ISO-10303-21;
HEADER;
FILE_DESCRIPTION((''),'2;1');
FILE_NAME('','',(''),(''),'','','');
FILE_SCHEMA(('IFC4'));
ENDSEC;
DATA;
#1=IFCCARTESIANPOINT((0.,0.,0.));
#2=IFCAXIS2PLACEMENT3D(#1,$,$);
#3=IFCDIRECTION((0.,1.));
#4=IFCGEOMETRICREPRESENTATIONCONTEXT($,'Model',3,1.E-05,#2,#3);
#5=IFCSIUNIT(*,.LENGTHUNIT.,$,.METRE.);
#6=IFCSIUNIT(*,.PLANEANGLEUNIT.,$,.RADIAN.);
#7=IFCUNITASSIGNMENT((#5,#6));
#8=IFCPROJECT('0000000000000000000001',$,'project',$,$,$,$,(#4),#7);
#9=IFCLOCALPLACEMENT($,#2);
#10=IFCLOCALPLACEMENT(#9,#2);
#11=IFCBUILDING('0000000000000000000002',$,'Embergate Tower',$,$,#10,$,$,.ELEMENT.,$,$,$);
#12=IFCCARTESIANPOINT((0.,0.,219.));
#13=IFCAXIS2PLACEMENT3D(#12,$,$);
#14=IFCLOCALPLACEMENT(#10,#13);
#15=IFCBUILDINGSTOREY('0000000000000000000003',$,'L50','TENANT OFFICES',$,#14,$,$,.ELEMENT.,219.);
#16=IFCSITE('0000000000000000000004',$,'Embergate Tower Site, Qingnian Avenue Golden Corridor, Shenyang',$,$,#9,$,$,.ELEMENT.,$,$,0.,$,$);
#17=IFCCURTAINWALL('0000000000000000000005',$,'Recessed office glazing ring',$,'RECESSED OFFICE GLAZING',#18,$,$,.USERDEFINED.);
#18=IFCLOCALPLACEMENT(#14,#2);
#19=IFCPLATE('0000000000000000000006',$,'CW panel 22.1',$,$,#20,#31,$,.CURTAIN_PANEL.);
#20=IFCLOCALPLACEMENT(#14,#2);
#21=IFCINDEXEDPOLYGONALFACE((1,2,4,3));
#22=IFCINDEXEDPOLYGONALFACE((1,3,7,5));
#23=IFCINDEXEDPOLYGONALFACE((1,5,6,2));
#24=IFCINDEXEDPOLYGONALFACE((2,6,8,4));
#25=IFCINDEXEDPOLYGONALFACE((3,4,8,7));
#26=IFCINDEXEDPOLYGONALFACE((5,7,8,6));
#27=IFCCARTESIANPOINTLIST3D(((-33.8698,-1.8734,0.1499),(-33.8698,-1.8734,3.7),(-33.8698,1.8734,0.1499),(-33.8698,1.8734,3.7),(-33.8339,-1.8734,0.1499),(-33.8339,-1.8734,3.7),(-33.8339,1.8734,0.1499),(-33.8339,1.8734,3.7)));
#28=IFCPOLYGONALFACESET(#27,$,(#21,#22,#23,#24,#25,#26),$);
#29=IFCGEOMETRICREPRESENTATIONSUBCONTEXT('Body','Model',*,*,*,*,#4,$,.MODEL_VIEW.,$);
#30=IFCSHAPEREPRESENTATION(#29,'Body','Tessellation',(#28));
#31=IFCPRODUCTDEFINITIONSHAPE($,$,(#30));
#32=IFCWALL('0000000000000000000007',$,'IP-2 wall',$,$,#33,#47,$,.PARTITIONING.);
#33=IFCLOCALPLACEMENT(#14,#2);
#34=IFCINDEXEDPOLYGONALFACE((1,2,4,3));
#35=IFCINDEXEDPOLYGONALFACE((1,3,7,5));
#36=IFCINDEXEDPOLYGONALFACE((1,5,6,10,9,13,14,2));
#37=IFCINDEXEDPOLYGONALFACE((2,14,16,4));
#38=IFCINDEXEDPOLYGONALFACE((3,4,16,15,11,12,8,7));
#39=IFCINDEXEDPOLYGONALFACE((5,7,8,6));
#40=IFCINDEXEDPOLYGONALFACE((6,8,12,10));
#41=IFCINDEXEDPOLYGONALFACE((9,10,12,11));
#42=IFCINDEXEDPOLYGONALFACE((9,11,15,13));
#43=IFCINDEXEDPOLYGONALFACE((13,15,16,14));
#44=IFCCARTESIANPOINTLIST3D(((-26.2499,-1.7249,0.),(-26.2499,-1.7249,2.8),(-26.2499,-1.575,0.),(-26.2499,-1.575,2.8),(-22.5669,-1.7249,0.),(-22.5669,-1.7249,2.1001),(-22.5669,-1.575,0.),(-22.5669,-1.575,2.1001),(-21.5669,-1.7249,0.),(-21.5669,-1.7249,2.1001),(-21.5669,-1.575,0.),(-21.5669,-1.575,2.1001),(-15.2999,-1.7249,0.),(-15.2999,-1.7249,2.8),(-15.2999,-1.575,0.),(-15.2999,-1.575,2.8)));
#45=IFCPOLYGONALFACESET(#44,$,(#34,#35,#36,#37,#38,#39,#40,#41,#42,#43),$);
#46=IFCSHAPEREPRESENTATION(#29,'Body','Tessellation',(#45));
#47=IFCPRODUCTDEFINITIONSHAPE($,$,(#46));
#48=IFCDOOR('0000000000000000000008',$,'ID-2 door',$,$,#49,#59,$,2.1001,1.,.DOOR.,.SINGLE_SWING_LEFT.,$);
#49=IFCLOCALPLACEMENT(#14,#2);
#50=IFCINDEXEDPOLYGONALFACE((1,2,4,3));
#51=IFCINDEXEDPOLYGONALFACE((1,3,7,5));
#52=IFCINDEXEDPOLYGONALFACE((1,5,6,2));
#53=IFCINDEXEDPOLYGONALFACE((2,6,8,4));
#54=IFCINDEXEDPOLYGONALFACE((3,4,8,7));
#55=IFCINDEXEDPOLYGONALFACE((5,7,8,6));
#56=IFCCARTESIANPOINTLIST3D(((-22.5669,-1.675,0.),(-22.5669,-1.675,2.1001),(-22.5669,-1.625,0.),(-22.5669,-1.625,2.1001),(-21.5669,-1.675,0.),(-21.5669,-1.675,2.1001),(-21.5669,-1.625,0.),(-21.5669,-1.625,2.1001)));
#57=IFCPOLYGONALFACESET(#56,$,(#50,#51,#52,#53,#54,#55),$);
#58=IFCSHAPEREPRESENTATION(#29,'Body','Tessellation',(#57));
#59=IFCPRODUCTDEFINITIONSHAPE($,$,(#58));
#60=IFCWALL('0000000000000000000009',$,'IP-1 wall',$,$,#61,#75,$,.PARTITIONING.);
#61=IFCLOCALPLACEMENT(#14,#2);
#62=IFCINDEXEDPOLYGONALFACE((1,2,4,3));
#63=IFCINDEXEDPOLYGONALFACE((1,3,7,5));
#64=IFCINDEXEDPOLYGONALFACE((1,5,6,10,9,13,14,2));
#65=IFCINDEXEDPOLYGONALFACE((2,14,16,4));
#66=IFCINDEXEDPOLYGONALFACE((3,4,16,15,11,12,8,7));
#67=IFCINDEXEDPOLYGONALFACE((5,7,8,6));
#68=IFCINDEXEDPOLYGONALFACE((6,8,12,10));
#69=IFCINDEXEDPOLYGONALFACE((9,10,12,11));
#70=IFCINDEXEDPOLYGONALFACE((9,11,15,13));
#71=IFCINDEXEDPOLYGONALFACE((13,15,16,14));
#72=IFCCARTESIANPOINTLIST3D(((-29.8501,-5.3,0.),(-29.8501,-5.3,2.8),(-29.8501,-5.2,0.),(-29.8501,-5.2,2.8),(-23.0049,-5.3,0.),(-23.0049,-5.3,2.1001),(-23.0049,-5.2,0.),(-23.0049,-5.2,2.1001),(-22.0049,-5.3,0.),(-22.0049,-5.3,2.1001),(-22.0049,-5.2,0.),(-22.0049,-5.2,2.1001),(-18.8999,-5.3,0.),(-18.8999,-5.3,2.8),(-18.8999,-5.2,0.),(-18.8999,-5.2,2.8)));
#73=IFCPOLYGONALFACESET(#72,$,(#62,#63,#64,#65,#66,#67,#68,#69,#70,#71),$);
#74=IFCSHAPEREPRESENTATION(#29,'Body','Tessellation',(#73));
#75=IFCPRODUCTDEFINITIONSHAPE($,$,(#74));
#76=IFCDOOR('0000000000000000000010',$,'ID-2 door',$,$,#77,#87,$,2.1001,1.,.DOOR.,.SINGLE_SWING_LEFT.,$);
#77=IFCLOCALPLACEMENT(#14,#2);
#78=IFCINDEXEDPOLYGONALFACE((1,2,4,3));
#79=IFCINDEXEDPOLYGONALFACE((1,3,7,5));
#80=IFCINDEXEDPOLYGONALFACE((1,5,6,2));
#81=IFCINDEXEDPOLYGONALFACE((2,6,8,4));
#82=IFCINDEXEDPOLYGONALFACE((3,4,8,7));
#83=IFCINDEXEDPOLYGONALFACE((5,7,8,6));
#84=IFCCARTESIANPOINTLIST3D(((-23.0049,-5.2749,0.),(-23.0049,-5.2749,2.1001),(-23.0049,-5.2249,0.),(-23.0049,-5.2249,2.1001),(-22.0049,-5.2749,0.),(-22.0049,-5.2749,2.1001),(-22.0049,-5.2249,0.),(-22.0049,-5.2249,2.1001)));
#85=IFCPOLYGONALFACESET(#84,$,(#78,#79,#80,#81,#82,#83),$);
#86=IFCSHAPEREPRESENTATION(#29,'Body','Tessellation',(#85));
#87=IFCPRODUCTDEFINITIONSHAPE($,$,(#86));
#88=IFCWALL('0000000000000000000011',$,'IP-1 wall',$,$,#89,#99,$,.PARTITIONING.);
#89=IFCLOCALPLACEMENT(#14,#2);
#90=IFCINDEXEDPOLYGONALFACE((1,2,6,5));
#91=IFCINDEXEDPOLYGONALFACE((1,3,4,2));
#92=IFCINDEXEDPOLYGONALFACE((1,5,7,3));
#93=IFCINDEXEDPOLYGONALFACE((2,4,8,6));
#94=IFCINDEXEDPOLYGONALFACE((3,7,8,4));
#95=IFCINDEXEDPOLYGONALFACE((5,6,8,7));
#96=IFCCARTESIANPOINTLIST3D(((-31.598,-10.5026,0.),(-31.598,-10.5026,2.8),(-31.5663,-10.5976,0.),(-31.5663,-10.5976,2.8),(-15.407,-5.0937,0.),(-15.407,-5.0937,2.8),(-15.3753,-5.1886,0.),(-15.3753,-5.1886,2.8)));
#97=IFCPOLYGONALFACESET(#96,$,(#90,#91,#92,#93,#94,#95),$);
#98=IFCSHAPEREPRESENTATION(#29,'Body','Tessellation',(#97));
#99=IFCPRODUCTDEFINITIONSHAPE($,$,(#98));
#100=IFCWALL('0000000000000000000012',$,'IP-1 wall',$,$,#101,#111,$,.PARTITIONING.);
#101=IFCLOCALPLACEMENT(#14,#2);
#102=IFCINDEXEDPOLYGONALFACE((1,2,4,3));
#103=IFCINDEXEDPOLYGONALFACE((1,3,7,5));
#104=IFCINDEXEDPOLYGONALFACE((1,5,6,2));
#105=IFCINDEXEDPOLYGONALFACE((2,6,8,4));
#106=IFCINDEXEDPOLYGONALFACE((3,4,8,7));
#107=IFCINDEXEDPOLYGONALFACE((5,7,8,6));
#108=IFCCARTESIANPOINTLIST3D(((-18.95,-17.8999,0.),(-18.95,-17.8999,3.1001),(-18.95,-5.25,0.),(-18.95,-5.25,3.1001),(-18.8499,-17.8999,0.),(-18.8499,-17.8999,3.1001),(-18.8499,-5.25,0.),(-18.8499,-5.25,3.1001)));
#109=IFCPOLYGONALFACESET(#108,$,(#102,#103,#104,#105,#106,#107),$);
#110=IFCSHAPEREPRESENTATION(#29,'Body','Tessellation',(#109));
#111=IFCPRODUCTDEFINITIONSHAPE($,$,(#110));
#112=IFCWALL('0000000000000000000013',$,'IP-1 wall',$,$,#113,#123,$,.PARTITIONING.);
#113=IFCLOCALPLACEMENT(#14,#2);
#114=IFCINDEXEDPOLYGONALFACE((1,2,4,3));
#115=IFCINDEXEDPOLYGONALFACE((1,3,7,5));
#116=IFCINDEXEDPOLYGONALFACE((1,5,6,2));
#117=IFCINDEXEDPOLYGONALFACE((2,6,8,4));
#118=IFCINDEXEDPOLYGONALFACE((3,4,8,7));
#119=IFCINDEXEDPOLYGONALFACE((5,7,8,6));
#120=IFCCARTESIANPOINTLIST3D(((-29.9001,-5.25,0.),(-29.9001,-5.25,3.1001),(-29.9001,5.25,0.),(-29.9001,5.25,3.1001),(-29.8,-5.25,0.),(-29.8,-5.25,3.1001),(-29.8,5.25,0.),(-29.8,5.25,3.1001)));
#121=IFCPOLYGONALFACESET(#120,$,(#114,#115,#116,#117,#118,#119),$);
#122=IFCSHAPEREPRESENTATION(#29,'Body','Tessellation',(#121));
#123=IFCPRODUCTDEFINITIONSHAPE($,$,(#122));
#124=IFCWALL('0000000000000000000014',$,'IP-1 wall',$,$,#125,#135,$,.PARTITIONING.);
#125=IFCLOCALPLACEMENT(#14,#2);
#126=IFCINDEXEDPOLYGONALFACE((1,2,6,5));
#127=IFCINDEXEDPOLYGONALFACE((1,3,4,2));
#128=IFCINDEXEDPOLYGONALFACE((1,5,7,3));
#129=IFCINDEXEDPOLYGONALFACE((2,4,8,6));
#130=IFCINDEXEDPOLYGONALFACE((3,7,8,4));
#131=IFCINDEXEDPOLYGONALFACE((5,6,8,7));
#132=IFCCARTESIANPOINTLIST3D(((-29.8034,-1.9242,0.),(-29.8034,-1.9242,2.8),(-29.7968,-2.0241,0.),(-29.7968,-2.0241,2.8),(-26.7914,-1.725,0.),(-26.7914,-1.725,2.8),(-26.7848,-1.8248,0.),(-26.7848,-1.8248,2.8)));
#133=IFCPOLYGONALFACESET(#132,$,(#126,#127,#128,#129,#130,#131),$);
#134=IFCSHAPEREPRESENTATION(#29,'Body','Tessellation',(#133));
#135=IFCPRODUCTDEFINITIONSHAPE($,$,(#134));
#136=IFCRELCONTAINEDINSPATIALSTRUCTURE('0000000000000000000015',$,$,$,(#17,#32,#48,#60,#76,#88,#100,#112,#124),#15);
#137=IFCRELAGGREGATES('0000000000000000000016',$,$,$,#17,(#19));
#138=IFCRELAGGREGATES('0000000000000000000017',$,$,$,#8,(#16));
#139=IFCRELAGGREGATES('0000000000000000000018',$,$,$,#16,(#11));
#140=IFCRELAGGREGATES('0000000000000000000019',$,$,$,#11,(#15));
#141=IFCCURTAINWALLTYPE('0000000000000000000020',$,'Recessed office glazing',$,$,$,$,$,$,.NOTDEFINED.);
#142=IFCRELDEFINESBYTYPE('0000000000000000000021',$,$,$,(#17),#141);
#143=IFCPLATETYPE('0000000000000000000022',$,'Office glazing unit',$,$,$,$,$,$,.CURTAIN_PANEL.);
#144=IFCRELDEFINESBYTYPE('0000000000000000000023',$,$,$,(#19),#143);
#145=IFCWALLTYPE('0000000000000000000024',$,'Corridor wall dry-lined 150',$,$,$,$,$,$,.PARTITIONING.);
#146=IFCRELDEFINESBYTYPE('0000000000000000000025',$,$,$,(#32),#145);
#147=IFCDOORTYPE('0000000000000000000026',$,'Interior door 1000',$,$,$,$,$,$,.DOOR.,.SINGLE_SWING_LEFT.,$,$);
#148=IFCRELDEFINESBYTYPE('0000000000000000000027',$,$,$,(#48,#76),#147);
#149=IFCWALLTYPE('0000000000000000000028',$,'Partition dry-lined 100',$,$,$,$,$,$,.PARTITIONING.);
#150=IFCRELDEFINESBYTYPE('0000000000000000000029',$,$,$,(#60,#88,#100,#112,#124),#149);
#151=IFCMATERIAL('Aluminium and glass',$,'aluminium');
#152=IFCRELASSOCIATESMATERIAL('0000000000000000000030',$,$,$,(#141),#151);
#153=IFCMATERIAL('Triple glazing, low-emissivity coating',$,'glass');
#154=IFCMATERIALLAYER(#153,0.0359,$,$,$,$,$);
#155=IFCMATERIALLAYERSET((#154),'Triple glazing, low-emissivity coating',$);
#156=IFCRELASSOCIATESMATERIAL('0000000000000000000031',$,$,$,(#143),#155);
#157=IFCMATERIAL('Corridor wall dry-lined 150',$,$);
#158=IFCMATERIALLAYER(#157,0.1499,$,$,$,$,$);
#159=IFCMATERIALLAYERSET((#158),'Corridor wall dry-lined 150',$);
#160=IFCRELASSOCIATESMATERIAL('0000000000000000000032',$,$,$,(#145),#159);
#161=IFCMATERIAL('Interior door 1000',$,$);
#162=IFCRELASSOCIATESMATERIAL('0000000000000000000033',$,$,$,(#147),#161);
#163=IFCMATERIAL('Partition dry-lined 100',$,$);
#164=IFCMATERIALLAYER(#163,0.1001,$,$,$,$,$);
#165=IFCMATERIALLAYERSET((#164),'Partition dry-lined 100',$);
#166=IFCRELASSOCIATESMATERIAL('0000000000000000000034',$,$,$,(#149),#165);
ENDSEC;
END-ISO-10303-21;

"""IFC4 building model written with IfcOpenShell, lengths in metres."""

from ifc_helpers import new_model, si_unit, direction, frame, frame_2d, origin, origin_2d, place, context, subcontext, project, spatial, rectangle, extrude, source, transform, mapped, material, layer, layer_set, type_object, element, fill, aggregate, save


model = new_model("IFC4")

# Units and contexts
model_context = context("Model", 3, precision=1e-05, world=origin(), true_north=direction((0.0, 1.0)))
body_context = subcontext(model_context, "Body", "Model", "MODEL_VIEW")
ifc_project = project(units=[si_unit("LENGTHUNIT", "METRE"), si_unit("PLANEANGLEUNIT", "RADIAN")], contexts=[model_context])

# Site, building, storey
site_placement = place(None, origin())
site = spatial("IfcSite", under=ifc_project, at=site_placement, Name="Embergate Tower Site, Qingnian Avenue Golden Corridor, Shenyang", CompositionType="ELEMENT", RefElevation=0.0)
building_placement = place(site_placement, origin())
building = spatial("IfcBuilding", under=site, at=building_placement, Name="Embergate Tower", CompositionType="ELEMENT")
storey_placement = place(building_placement, frame((0.0, 0.0, 219.0)))
storey = spatial("IfcBuildingStorey", under=building, at=storey_placement, Name="L50", Description="TENANT OFFICES", CompositionType="ELEMENT", Elevation=219.0)

# Curtain wall, plate
ifc_material_1 = material(Name="Aluminium and glass", Category="aluminium")
curtain_wall_type = type_object("IfcCurtainWallType", Name="Recessed office glazing", PredefinedType="NOTDEFINED", material=ifc_material_1)
curtain_wall_placement = place(storey_placement, origin())
curtain_wall = element("IfcCurtainWall", 1, at=curtain_wall_placement, inside=storey, type_object=curtain_wall_type, Name="Recessed office glazing ring", ObjectType="RECESSED OFFICE GLAZING", PredefinedType="USERDEFINED")
ifc_material_2 = material(Name="Triple glazing, low-emissivity coating", Category="glass")
ifc_layer_1 = layer(ifc_material_2, 0.0359)
ifc_layer_set_1 = layer_set([ifc_layer_1], Name="Triple glazing, low-emissivity coating")
plate_type = type_object("IfcPlateType", Name="Office glazing unit", PredefinedType="CURTAIN_PANEL", material=ifc_layer_set_1)
shared_shape_1 = source(origin(), body_context, "Body", "SweptSolid", [
    extrude(rectangle(XDim=3.7468, YDim=0.0359, at=origin_2d()), origin(), (0.0, 0.0, 1.0), 3.55),
])
plate_1_placement = place(storey_placement, frame((-33.8518, 0.0, 0.1499), z_axis=(0.0, 0.0, 1.0), x_axis=(0.0, -1.0, 0.0)))
plate_1 = element("IfcPlate", 2, at=plate_1_placement, type_object=plate_type, Name="CW panel 22.1", PredefinedType="CURTAIN_PANEL", context=body_context, shape_type="MappedRepresentation", body=[
    mapped(shared_shape_1, transform((0.0, 0.0, 0.0))),
])
aggregate(curtain_wall, [plate_1])

# Walls, openings, doors
ifc_material_3 = material(Name="Corridor wall dry-lined 150")
ifc_layer_2 = layer(ifc_material_3, 0.1499)
ifc_layer_set_2 = layer_set([ifc_layer_2], Name="Corridor wall dry-lined 150")
wall_type_1 = type_object("IfcWallType", Name="Corridor wall dry-lined 150", PredefinedType="PARTITIONING", material=ifc_layer_set_2)
shared_shape_2 = source(origin(), body_context, "Body", "SweptSolid", [
    extrude(rectangle(XDim=10.95, YDim=0.1499, at=frame_2d((5.4751, 0.0))), origin(), (0.0, 0.0, 1.0), 2.8),
])
wall_1_placement = place(storey_placement, frame((-26.25, -1.6499, 0.0), z_axis=(0.0, 0.0, 1.0), x_axis=(1.0, 0.0, 0.0)))
wall_1 = element("IfcWall", 3, at=wall_1_placement, inside=storey, type_object=wall_type_1, Name="IP-2 wall", PredefinedType="PARTITIONING", context=body_context, shape_type="MappedRepresentation", body=[
    mapped(shared_shape_2, transform((0.0, 0.0, 0.0))),
])
shared_shape_3 = source(origin(), body_context, "Body", "SweptSolid", [
    extrude(rectangle(XDim=1.0, YDim=2.1001, at=frame_2d((0.5, 1.05))), frame((0.0, 0.085, 0.0), z_axis=(0.0, -1.0, 0.0), x_axis=(1.0, 0.0, 0.0)), (0.0, 0.0, 1.0), 0.1699),
])
opening_1_placement = place(wall_1_placement, frame((3.6831, 0.0, 0.0)))
opening_1 = element("IfcOpeningElement", 4, at=opening_1_placement, cuts=wall_1, PredefinedType="OPENING", context=body_context, shape_type="MappedRepresentation", body=[
    mapped(shared_shape_3, transform((0.0, 0.0, 0.0))),
])
ifc_material_4 = material(Name="Interior door 1000")
door_type = type_object("IfcDoorType", Name="Interior door 1000", OperationType="SINGLE_SWING_LEFT", PredefinedType="DOOR", material=ifc_material_4)
shared_shape_4 = source(origin(), body_context, "Body", "SweptSolid", [
    extrude(rectangle(XDim=1.0, YDim=2.1001, at=frame_2d((0.5, 1.05))), frame((0.0, 0.0249, 0.0), z_axis=(0.0, -1.0, 0.0), x_axis=(1.0, 0.0, 0.0)), (0.0, 0.0, 1.0), 0.05),
])
door_1_placement = place(opening_1_placement, origin())
door_1 = element("IfcDoor", 5, at=door_1_placement, inside=storey, type_object=door_type, Name="ID-2 door", OperationType="SINGLE_SWING_LEFT", OverallHeight=2.1001, OverallWidth=1.0, PredefinedType="DOOR", context=body_context, shape_type="MappedRepresentation", body=[
    mapped(shared_shape_4, transform((0.0, 0.0, 0.0))),
])
fill(opening_1, door_1)
ifc_material_5 = material(Name="Partition dry-lined 100")
ifc_layer_3 = layer(ifc_material_5, 0.1001)
ifc_layer_set_3 = layer_set([ifc_layer_3], Name="Partition dry-lined 100")
wall_type_2 = type_object("IfcWallType", Name="Partition dry-lined 100", PredefinedType="PARTITIONING", material=ifc_layer_set_3)
shared_shape_5 = source(origin(), body_context, "Body", "SweptSolid", [
    extrude(rectangle(XDim=10.9502, YDim=0.1001, at=frame_2d((5.4751, 0.0))), origin(), (0.0, 0.0, 1.0), 2.8),
])
wall_2_placement = place(storey_placement, frame((-18.8999, -5.25, 0.0), z_axis=(0.0, 0.0, 1.0), x_axis=(-1.0, 0.0, 0.0)))
wall_2 = element("IfcWall", 6, at=wall_2_placement, inside=storey, type_object=wall_type_2, Name="IP-1 wall", PredefinedType="PARTITIONING", context=body_context, shape_type="MappedRepresentation", body=[
    mapped(shared_shape_5, transform((0.0, 0.0, 0.0))),
])
shared_shape_6 = source(origin(), body_context, "Body", "SweptSolid", [
    extrude(rectangle(XDim=1.0, YDim=2.1001, at=frame_2d((0.5, 1.05))), frame((0.0, 0.0601, 0.0), z_axis=(0.0, -1.0, 0.0), x_axis=(1.0, 0.0, 0.0)), (0.0, 0.0, 1.0), 0.1201),
])
opening_2_placement = place(wall_2_placement, frame((3.105, 0.0, 0.0)))
opening_2 = element("IfcOpeningElement", 7, at=opening_2_placement, cuts=wall_2, PredefinedType="OPENING", context=body_context, shape_type="MappedRepresentation", body=[
    mapped(shared_shape_6, transform((0.0, 0.0, 0.0))),
])
door_2_placement = place(opening_2_placement, origin())
door_2 = element("IfcDoor", 8, at=door_2_placement, inside=storey, type_object=door_type, Name="ID-2 door", OperationType="SINGLE_SWING_LEFT", OverallHeight=2.1001, OverallWidth=1.0, PredefinedType="DOOR", context=body_context, shape_type="MappedRepresentation", body=[
    mapped(shared_shape_4, transform((0.0, 0.0, 0.0))),
])
fill(opening_2, door_2)

# Walls
shared_shape_7 = source(origin(), body_context, "Body", "SweptSolid", [
    extrude(rectangle(XDim=17.0706, YDim=0.1001, at=frame_2d((8.5352, 0.0))), origin(), (0.0, 0.0, 1.0), 2.8),
])
wall_3_placement = place(storey_placement, frame((-31.582, -10.55, 0.0), z_axis=(0.0, 0.0, 1.0), x_axis=(0.948473, 0.316858, 0.0)))
element("IfcWall", 9, at=wall_3_placement, inside=storey, type_object=wall_type_2, Name="IP-1 wall", PredefinedType="PARTITIONING", context=body_context, shape_type="MappedRepresentation", body=[
    mapped(shared_shape_7, transform((0.0, 0.0, 0.0))),
])
shared_shape_8 = source(origin(), body_context, "Body", "SweptSolid", [
    extrude(rectangle(XDim=12.6499, YDim=0.1001, at=frame_2d((6.325, 0.0))), origin(), (0.0, 0.0, 1.0), 3.1001),
])
wall_4_placement = place(storey_placement, frame((-18.8999, -5.25, 0.0), z_axis=(0.0, 0.0, 1.0), x_axis=(0.0, -1.0, 0.0)))
element("IfcWall", 10, at=wall_4_placement, inside=storey, type_object=wall_type_2, Name="IP-1 wall", PredefinedType="PARTITIONING", context=body_context, shape_type="MappedRepresentation", body=[
    mapped(shared_shape_8, transform((0.0, 0.0, 0.0))),
])
shared_shape_9 = source(origin(), body_context, "Body", "SweptSolid", [
    extrude(rectangle(XDim=10.5, YDim=0.1001, at=frame_2d((5.25, 0.0))), origin(), (0.0, 0.0, 1.0), 3.1001),
])
wall_5_placement = place(storey_placement, frame((-29.8501, -5.25, 0.0), z_axis=(0.0, 0.0, 1.0), x_axis=(0.0, 1.0, 0.0)))
element("IfcWall", 11, at=wall_5_placement, inside=storey, type_object=wall_type_2, Name="IP-1 wall", PredefinedType="PARTITIONING", context=body_context, shape_type="MappedRepresentation", body=[
    mapped(shared_shape_9, transform((0.0, 0.0, 0.0))),
])
shared_shape_10 = source(origin(), body_context, "Body", "SweptSolid", [
    extrude(rectangle(XDim=3.0186, YDim=0.1001, at=frame_2d((1.5093, 0.0))), origin(), (0.0, 0.0, 1.0), 2.8),
])
wall_6_placement = place(storey_placement, frame((-26.7881, -1.7749, 0.0), z_axis=(0.0, 0.0, 1.0), x_axis=(-0.99782, -0.065998, 0.0)))
element("IfcWall", 12, at=wall_6_placement, inside=storey, type_object=wall_type_2, Name="IP-1 wall", PredefinedType="PARTITIONING", context=body_context, shape_type="MappedRepresentation", body=[
    mapped(shared_shape_10, transform((0.0, 0.0, 0.0))),
])

save(model, "model.ifc")
